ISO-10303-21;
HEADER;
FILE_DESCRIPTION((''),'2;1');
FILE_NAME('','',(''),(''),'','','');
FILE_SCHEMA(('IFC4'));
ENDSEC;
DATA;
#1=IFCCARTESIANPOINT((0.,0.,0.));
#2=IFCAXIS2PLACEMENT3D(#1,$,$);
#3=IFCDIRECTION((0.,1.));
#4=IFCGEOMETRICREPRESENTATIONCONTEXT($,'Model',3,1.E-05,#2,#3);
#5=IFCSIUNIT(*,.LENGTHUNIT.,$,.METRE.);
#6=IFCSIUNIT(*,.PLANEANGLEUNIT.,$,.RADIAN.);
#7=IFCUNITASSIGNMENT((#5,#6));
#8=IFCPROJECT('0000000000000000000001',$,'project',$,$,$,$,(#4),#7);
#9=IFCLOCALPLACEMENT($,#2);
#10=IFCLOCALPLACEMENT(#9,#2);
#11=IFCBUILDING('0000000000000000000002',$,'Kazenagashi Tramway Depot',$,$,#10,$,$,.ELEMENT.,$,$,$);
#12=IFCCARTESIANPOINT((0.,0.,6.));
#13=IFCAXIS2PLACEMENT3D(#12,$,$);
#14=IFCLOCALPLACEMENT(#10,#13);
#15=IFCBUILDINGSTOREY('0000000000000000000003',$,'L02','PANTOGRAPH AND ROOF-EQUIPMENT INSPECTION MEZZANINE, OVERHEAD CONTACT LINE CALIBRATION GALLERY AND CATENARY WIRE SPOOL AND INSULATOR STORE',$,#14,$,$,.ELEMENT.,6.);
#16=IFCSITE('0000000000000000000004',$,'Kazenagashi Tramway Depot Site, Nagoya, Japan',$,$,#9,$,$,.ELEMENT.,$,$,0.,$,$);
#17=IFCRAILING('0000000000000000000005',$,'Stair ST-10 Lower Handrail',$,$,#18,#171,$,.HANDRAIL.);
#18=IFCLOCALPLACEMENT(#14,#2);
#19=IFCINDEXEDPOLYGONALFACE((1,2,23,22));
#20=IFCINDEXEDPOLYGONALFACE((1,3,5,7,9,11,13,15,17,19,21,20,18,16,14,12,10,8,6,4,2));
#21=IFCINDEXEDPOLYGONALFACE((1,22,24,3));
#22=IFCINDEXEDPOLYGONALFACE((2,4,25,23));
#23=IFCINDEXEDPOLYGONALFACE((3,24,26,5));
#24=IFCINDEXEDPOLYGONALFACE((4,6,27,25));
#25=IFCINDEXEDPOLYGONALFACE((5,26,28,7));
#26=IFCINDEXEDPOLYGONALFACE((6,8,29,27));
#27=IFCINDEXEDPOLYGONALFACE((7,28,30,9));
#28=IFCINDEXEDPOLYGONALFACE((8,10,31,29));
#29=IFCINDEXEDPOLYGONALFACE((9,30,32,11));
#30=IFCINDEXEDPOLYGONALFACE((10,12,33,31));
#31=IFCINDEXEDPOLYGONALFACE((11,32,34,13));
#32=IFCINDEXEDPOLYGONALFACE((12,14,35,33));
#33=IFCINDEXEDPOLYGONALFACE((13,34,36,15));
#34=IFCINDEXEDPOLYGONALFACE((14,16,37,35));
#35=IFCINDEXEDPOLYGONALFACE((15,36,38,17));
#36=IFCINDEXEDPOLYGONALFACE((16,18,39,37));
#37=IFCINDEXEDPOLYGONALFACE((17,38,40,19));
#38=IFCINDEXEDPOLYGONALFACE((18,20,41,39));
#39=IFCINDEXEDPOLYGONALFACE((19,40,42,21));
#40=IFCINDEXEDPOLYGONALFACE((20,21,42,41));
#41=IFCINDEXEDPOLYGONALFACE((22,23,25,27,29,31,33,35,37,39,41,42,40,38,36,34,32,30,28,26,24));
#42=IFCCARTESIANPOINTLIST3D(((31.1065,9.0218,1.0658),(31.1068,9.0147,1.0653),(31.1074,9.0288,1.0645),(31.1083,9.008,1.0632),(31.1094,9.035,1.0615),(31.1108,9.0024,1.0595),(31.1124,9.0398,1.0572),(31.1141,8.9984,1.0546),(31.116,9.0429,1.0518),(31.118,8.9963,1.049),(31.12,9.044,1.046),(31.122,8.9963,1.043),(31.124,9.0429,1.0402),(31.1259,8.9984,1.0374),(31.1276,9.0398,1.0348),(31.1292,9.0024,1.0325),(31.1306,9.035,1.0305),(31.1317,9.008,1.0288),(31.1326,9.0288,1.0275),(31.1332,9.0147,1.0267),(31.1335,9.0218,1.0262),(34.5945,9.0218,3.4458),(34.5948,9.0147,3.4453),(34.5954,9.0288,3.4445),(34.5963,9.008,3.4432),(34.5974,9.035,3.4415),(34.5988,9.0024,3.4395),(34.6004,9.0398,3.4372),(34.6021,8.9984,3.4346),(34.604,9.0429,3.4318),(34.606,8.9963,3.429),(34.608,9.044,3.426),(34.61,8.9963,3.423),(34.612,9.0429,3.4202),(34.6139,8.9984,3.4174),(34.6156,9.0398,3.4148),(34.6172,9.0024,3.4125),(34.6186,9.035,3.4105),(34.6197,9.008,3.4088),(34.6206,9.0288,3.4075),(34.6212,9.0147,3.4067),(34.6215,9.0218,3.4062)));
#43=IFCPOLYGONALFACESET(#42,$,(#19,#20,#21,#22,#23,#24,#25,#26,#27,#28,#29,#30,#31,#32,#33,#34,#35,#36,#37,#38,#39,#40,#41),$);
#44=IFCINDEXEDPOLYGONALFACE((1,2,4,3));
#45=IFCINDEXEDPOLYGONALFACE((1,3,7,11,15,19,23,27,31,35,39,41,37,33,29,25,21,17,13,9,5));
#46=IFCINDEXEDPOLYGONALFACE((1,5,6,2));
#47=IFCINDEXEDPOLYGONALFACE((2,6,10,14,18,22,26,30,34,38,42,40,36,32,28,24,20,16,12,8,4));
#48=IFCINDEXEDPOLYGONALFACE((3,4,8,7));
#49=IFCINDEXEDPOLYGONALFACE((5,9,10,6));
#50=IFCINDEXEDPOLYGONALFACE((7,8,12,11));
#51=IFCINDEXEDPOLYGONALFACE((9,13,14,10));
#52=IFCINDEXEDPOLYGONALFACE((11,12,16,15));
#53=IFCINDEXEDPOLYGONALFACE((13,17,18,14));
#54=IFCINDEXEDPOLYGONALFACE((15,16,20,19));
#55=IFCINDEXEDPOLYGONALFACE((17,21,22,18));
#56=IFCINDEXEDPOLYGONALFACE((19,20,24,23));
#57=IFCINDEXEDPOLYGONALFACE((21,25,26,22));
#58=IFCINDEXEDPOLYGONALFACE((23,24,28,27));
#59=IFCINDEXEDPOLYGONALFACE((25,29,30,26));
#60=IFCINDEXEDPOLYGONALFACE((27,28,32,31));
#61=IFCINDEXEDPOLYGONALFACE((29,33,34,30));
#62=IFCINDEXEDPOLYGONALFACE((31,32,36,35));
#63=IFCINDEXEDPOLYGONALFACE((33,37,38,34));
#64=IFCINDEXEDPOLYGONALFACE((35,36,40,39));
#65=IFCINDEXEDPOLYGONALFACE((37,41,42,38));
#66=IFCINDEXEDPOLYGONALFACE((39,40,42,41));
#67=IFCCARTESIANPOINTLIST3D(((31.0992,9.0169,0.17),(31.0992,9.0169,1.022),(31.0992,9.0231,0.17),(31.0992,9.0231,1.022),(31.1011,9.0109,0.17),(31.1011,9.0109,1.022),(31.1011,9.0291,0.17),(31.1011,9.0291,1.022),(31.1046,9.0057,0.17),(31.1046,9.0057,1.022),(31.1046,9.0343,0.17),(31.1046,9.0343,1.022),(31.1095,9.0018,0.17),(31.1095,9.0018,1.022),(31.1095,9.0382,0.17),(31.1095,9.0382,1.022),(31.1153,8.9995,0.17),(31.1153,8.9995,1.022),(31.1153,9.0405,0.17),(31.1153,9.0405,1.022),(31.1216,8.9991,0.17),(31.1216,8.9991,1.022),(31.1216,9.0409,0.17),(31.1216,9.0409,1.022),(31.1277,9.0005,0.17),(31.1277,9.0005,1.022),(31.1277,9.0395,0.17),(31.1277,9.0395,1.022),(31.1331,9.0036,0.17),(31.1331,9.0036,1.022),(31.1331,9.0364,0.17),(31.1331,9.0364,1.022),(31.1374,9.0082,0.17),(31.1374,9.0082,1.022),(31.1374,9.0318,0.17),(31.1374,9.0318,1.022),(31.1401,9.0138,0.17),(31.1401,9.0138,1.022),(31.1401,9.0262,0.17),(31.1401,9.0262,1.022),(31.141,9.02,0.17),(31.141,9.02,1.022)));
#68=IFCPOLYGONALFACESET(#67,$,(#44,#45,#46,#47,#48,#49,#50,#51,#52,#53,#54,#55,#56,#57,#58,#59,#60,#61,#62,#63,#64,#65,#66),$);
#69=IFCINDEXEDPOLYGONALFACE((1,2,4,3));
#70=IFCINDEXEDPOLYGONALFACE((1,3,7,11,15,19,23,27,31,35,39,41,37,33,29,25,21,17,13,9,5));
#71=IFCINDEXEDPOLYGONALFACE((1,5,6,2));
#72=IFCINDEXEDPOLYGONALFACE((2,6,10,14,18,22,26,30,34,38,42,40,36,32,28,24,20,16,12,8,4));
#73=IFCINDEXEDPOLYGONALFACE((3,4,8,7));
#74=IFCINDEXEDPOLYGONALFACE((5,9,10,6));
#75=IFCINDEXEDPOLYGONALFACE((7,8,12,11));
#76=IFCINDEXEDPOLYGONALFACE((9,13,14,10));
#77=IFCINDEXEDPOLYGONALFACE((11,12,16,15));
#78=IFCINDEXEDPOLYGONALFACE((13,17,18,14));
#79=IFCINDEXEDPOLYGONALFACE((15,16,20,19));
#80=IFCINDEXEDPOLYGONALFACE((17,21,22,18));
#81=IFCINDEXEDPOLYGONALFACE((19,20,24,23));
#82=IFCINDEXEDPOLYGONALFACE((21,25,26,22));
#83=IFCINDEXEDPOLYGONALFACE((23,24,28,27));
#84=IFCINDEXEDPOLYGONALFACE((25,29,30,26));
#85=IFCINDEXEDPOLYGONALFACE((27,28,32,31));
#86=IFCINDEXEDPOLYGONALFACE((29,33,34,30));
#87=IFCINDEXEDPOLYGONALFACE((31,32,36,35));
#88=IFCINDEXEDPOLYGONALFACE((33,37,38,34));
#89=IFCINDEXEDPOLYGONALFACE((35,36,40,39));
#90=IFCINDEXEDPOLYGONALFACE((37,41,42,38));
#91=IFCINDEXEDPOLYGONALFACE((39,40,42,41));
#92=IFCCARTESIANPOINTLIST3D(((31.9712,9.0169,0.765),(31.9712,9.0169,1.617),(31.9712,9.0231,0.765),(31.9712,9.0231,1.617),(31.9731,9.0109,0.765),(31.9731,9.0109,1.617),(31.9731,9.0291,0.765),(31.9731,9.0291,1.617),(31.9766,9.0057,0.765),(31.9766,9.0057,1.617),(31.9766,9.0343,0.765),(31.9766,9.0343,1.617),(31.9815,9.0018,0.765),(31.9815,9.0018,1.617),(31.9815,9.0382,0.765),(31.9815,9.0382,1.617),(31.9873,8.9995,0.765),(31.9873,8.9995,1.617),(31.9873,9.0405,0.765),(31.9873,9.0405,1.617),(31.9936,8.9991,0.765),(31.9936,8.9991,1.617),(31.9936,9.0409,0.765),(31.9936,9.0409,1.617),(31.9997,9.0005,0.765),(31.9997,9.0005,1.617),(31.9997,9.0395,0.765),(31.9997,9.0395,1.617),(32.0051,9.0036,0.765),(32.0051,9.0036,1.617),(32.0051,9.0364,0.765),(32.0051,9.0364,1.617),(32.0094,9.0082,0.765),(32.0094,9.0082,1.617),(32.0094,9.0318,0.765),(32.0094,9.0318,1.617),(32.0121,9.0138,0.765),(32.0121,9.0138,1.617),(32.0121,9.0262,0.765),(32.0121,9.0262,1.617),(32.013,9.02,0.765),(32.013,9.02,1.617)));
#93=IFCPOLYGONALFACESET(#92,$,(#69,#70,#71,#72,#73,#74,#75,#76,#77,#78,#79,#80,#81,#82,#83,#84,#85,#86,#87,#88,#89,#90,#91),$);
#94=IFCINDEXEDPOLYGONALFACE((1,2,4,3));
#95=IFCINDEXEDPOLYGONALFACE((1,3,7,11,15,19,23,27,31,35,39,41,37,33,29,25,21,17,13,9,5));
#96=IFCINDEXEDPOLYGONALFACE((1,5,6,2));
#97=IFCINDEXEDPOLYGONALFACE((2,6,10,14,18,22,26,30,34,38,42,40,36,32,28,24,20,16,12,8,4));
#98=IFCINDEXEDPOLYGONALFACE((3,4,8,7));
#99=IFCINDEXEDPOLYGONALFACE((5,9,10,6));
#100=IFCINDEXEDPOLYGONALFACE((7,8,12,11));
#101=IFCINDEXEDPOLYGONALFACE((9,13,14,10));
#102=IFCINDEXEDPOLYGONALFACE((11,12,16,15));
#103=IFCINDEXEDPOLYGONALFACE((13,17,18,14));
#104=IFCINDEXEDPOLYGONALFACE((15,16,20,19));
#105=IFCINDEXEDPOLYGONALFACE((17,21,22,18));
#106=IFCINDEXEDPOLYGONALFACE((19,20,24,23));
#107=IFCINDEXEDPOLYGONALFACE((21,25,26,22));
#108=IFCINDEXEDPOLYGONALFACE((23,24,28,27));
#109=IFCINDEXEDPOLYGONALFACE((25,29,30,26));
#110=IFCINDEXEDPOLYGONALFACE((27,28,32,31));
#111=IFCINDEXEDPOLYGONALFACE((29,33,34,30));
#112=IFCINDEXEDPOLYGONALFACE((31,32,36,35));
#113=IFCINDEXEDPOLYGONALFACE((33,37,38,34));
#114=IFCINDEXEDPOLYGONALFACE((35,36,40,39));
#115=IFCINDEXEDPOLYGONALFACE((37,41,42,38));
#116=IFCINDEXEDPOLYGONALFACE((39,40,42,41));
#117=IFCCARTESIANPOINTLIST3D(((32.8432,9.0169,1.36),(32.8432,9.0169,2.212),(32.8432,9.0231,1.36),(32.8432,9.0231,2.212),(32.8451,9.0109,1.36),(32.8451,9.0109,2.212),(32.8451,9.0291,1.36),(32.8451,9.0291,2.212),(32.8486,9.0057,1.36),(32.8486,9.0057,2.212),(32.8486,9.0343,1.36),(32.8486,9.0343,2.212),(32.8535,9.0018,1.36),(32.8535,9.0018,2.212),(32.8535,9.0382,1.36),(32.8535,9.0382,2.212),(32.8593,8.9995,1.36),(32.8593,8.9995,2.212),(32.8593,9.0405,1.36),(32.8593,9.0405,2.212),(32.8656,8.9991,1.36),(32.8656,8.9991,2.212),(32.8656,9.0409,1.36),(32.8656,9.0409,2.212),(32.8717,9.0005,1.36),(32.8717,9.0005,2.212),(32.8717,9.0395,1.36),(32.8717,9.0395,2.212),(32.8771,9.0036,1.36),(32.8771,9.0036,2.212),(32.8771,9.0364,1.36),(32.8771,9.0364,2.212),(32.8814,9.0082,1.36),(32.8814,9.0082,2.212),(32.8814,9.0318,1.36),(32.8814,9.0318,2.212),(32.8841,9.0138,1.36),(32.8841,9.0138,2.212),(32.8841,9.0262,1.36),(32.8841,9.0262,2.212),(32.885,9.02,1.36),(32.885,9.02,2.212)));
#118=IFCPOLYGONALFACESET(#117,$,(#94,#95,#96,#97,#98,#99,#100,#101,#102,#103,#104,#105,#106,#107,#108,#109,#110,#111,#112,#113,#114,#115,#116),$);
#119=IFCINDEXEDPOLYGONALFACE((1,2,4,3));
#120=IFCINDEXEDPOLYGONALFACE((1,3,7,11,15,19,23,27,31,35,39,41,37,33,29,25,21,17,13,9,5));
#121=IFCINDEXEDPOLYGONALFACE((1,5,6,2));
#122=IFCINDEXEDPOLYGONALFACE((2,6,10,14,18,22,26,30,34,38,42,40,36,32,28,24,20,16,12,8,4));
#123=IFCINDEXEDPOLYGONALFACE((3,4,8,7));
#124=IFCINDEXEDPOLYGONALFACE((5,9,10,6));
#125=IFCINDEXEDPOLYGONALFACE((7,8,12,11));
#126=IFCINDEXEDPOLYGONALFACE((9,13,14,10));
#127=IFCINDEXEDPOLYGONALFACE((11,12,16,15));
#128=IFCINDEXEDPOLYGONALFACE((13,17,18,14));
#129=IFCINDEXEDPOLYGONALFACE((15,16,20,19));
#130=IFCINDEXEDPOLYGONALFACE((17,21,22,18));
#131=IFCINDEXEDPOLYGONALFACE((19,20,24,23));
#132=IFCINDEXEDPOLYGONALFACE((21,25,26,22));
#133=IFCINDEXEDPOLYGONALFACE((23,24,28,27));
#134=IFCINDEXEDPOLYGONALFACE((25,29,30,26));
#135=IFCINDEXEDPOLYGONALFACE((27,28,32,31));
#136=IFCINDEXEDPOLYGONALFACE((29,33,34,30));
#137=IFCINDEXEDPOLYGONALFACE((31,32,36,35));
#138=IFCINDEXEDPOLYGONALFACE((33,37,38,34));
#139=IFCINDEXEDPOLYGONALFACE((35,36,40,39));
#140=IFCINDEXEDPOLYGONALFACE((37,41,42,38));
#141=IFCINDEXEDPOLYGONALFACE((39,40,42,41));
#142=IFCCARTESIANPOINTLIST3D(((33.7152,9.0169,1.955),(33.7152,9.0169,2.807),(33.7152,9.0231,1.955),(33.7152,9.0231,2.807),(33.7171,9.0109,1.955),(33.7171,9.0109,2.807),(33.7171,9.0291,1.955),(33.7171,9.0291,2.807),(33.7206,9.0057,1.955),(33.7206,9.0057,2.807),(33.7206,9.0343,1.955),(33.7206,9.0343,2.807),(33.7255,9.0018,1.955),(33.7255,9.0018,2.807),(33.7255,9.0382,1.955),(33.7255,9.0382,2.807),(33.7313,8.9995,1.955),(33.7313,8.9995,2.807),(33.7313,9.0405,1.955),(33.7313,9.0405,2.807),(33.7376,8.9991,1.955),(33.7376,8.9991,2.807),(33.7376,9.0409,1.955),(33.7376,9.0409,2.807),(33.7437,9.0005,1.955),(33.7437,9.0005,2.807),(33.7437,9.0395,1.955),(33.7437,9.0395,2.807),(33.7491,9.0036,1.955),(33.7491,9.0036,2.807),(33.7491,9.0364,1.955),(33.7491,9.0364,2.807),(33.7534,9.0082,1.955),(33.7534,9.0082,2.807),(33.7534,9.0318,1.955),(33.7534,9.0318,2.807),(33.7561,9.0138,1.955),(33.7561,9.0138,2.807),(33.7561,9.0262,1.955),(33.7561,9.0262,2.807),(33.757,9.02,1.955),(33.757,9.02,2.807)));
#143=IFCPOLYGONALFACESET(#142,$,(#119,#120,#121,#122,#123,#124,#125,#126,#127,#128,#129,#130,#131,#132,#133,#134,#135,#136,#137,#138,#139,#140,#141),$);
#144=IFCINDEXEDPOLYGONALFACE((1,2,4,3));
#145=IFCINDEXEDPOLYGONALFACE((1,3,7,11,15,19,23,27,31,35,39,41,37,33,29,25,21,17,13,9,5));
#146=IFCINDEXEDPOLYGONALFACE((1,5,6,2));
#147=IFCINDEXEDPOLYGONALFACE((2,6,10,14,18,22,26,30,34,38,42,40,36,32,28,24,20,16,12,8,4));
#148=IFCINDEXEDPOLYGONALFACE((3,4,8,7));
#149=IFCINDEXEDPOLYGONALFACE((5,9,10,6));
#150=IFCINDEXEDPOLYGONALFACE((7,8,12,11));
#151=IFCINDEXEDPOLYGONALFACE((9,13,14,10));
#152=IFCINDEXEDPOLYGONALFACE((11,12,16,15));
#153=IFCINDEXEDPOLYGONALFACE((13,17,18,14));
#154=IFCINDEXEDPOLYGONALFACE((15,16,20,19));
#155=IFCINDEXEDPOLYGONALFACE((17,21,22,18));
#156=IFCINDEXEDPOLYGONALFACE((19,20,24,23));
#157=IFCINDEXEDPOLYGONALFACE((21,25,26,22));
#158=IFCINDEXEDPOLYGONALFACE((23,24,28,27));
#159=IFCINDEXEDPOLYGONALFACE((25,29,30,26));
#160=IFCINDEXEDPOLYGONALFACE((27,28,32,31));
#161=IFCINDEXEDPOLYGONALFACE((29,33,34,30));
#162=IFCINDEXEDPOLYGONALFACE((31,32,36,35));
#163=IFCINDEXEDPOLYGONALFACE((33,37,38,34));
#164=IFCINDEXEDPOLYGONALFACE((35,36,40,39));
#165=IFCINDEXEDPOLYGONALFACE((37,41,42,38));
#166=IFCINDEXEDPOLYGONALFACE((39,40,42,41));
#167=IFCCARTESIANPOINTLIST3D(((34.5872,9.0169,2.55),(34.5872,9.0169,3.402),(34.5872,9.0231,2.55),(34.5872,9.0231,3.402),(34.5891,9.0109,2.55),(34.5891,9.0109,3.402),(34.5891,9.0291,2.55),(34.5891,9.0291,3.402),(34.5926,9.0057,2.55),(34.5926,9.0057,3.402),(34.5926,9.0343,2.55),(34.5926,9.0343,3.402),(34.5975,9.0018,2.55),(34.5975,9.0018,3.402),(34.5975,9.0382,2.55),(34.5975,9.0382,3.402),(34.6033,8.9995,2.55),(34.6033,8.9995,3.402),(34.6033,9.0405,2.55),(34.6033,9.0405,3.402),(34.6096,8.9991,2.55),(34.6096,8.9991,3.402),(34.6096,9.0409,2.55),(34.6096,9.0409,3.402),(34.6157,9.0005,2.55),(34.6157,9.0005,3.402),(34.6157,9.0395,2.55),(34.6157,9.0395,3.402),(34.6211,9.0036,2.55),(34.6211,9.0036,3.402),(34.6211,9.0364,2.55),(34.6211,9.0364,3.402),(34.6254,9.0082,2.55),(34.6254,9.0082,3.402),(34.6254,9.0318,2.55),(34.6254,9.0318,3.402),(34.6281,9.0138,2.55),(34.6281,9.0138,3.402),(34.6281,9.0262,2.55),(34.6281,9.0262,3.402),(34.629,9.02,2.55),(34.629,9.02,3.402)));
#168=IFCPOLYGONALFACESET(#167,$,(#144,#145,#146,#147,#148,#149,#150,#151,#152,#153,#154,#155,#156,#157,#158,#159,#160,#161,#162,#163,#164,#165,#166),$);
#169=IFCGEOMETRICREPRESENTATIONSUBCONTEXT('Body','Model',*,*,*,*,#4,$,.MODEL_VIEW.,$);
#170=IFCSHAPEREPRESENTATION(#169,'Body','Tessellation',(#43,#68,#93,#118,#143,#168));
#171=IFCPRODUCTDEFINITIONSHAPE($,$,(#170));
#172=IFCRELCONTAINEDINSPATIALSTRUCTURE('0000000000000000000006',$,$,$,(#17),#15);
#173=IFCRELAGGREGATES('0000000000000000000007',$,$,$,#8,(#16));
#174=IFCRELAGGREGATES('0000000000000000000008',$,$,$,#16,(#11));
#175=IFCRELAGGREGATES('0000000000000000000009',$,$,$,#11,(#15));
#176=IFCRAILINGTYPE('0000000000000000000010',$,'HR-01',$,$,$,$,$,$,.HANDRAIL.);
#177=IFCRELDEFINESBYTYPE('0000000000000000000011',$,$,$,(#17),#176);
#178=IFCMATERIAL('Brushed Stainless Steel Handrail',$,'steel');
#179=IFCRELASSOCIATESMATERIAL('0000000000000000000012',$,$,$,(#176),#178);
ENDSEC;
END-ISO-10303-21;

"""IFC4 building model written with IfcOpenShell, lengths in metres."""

from ifc_helpers import new_model, si_unit, direction, frame, origin, origin_2d, place, context, subcontext, project, spatial, circle, extrude, material, type_object, element, save


model = new_model("IFC4")

# Units and contexts
model_context = context("Model", 3, precision=1e-05, world=origin(), true_north=direction((0.0, 1.0)))
body_context = subcontext(model_context, "Body", "Model", "MODEL_VIEW")
ifc_project = project(units=[si_unit("LENGTHUNIT", "METRE"), si_unit("PLANEANGLEUNIT", "RADIAN")], contexts=[model_context])

# Site, building, storey
site_placement = place(None, origin())
site = spatial("IfcSite", under=ifc_project, at=site_placement, Name="Kazenagashi Tramway Depot Site, Nagoya, Japan", CompositionType="ELEMENT", RefElevation=0.0)
building_placement = place(site_placement, origin())
building = spatial("IfcBuilding", under=site, at=building_placement, Name="Kazenagashi Tramway Depot", CompositionType="ELEMENT")
storey_placement = place(building_placement, frame((0.0, 0.0, 6.0)))
storey = spatial("IfcBuildingStorey", under=building, at=storey_placement, Name="L02", Description="PANTOGRAPH AND ROOF-EQUIPMENT INSPECTION MEZZANINE, OVERHEAD CONTACT LINE CALIBRATION GALLERY AND CATENARY WIRE SPOOL AND INSULATOR STORE", CompositionType="ELEMENT", Elevation=6.0)

# Railing
ifc_material_1 = material(Name="Brushed Stainless Steel Handrail", Category="steel")
railing_type_1 = type_object("IfcRailingType", Name="HR-01", PredefinedType="HANDRAIL", material=ifc_material_1)
railing_1_placement = place(storey_placement, frame((31.12, 9.02, 0.17)))
element("IfcRailing", 1, at=railing_1_placement, inside=storey, type_object=railing_type_1, Name="Stair ST-10 Lower Handrail", PredefinedType="HANDRAIL", context=body_context, shape_type="SweptSolid", body=[
    extrude(circle(Radius=0.024, at=origin_2d()), frame((0.0, 0.0, 0.876), z_axis=(0.826027, 0.0, 0.563631), x_axis=(0.0, 1.0, 0.0)), (0.0, 0.0, 1.0), 4.2226),
    extrude(circle(Radius=0.021, at=origin_2d()), origin(), (0.0, 0.0, 1.0), 0.852),
    extrude(circle(Radius=0.021, at=origin_2d()), frame((0.872, 0.0, 0.595)), (0.0, 0.0, 1.0), 0.852),
    extrude(circle(Radius=0.021, at=origin_2d()), frame((1.744, 0.0, 1.19)), (0.0, 0.0, 1.0), 0.852),
    extrude(circle(Radius=0.021, at=origin_2d()), frame((2.616, 0.0, 1.785)), (0.0, 0.0, 1.0), 0.852),
    extrude(circle(Radius=0.021, at=origin_2d()), frame((3.488, 0.0, 2.38)), (0.0, 0.0, 1.0), 0.852),
])

save(model, "model.ifc")
